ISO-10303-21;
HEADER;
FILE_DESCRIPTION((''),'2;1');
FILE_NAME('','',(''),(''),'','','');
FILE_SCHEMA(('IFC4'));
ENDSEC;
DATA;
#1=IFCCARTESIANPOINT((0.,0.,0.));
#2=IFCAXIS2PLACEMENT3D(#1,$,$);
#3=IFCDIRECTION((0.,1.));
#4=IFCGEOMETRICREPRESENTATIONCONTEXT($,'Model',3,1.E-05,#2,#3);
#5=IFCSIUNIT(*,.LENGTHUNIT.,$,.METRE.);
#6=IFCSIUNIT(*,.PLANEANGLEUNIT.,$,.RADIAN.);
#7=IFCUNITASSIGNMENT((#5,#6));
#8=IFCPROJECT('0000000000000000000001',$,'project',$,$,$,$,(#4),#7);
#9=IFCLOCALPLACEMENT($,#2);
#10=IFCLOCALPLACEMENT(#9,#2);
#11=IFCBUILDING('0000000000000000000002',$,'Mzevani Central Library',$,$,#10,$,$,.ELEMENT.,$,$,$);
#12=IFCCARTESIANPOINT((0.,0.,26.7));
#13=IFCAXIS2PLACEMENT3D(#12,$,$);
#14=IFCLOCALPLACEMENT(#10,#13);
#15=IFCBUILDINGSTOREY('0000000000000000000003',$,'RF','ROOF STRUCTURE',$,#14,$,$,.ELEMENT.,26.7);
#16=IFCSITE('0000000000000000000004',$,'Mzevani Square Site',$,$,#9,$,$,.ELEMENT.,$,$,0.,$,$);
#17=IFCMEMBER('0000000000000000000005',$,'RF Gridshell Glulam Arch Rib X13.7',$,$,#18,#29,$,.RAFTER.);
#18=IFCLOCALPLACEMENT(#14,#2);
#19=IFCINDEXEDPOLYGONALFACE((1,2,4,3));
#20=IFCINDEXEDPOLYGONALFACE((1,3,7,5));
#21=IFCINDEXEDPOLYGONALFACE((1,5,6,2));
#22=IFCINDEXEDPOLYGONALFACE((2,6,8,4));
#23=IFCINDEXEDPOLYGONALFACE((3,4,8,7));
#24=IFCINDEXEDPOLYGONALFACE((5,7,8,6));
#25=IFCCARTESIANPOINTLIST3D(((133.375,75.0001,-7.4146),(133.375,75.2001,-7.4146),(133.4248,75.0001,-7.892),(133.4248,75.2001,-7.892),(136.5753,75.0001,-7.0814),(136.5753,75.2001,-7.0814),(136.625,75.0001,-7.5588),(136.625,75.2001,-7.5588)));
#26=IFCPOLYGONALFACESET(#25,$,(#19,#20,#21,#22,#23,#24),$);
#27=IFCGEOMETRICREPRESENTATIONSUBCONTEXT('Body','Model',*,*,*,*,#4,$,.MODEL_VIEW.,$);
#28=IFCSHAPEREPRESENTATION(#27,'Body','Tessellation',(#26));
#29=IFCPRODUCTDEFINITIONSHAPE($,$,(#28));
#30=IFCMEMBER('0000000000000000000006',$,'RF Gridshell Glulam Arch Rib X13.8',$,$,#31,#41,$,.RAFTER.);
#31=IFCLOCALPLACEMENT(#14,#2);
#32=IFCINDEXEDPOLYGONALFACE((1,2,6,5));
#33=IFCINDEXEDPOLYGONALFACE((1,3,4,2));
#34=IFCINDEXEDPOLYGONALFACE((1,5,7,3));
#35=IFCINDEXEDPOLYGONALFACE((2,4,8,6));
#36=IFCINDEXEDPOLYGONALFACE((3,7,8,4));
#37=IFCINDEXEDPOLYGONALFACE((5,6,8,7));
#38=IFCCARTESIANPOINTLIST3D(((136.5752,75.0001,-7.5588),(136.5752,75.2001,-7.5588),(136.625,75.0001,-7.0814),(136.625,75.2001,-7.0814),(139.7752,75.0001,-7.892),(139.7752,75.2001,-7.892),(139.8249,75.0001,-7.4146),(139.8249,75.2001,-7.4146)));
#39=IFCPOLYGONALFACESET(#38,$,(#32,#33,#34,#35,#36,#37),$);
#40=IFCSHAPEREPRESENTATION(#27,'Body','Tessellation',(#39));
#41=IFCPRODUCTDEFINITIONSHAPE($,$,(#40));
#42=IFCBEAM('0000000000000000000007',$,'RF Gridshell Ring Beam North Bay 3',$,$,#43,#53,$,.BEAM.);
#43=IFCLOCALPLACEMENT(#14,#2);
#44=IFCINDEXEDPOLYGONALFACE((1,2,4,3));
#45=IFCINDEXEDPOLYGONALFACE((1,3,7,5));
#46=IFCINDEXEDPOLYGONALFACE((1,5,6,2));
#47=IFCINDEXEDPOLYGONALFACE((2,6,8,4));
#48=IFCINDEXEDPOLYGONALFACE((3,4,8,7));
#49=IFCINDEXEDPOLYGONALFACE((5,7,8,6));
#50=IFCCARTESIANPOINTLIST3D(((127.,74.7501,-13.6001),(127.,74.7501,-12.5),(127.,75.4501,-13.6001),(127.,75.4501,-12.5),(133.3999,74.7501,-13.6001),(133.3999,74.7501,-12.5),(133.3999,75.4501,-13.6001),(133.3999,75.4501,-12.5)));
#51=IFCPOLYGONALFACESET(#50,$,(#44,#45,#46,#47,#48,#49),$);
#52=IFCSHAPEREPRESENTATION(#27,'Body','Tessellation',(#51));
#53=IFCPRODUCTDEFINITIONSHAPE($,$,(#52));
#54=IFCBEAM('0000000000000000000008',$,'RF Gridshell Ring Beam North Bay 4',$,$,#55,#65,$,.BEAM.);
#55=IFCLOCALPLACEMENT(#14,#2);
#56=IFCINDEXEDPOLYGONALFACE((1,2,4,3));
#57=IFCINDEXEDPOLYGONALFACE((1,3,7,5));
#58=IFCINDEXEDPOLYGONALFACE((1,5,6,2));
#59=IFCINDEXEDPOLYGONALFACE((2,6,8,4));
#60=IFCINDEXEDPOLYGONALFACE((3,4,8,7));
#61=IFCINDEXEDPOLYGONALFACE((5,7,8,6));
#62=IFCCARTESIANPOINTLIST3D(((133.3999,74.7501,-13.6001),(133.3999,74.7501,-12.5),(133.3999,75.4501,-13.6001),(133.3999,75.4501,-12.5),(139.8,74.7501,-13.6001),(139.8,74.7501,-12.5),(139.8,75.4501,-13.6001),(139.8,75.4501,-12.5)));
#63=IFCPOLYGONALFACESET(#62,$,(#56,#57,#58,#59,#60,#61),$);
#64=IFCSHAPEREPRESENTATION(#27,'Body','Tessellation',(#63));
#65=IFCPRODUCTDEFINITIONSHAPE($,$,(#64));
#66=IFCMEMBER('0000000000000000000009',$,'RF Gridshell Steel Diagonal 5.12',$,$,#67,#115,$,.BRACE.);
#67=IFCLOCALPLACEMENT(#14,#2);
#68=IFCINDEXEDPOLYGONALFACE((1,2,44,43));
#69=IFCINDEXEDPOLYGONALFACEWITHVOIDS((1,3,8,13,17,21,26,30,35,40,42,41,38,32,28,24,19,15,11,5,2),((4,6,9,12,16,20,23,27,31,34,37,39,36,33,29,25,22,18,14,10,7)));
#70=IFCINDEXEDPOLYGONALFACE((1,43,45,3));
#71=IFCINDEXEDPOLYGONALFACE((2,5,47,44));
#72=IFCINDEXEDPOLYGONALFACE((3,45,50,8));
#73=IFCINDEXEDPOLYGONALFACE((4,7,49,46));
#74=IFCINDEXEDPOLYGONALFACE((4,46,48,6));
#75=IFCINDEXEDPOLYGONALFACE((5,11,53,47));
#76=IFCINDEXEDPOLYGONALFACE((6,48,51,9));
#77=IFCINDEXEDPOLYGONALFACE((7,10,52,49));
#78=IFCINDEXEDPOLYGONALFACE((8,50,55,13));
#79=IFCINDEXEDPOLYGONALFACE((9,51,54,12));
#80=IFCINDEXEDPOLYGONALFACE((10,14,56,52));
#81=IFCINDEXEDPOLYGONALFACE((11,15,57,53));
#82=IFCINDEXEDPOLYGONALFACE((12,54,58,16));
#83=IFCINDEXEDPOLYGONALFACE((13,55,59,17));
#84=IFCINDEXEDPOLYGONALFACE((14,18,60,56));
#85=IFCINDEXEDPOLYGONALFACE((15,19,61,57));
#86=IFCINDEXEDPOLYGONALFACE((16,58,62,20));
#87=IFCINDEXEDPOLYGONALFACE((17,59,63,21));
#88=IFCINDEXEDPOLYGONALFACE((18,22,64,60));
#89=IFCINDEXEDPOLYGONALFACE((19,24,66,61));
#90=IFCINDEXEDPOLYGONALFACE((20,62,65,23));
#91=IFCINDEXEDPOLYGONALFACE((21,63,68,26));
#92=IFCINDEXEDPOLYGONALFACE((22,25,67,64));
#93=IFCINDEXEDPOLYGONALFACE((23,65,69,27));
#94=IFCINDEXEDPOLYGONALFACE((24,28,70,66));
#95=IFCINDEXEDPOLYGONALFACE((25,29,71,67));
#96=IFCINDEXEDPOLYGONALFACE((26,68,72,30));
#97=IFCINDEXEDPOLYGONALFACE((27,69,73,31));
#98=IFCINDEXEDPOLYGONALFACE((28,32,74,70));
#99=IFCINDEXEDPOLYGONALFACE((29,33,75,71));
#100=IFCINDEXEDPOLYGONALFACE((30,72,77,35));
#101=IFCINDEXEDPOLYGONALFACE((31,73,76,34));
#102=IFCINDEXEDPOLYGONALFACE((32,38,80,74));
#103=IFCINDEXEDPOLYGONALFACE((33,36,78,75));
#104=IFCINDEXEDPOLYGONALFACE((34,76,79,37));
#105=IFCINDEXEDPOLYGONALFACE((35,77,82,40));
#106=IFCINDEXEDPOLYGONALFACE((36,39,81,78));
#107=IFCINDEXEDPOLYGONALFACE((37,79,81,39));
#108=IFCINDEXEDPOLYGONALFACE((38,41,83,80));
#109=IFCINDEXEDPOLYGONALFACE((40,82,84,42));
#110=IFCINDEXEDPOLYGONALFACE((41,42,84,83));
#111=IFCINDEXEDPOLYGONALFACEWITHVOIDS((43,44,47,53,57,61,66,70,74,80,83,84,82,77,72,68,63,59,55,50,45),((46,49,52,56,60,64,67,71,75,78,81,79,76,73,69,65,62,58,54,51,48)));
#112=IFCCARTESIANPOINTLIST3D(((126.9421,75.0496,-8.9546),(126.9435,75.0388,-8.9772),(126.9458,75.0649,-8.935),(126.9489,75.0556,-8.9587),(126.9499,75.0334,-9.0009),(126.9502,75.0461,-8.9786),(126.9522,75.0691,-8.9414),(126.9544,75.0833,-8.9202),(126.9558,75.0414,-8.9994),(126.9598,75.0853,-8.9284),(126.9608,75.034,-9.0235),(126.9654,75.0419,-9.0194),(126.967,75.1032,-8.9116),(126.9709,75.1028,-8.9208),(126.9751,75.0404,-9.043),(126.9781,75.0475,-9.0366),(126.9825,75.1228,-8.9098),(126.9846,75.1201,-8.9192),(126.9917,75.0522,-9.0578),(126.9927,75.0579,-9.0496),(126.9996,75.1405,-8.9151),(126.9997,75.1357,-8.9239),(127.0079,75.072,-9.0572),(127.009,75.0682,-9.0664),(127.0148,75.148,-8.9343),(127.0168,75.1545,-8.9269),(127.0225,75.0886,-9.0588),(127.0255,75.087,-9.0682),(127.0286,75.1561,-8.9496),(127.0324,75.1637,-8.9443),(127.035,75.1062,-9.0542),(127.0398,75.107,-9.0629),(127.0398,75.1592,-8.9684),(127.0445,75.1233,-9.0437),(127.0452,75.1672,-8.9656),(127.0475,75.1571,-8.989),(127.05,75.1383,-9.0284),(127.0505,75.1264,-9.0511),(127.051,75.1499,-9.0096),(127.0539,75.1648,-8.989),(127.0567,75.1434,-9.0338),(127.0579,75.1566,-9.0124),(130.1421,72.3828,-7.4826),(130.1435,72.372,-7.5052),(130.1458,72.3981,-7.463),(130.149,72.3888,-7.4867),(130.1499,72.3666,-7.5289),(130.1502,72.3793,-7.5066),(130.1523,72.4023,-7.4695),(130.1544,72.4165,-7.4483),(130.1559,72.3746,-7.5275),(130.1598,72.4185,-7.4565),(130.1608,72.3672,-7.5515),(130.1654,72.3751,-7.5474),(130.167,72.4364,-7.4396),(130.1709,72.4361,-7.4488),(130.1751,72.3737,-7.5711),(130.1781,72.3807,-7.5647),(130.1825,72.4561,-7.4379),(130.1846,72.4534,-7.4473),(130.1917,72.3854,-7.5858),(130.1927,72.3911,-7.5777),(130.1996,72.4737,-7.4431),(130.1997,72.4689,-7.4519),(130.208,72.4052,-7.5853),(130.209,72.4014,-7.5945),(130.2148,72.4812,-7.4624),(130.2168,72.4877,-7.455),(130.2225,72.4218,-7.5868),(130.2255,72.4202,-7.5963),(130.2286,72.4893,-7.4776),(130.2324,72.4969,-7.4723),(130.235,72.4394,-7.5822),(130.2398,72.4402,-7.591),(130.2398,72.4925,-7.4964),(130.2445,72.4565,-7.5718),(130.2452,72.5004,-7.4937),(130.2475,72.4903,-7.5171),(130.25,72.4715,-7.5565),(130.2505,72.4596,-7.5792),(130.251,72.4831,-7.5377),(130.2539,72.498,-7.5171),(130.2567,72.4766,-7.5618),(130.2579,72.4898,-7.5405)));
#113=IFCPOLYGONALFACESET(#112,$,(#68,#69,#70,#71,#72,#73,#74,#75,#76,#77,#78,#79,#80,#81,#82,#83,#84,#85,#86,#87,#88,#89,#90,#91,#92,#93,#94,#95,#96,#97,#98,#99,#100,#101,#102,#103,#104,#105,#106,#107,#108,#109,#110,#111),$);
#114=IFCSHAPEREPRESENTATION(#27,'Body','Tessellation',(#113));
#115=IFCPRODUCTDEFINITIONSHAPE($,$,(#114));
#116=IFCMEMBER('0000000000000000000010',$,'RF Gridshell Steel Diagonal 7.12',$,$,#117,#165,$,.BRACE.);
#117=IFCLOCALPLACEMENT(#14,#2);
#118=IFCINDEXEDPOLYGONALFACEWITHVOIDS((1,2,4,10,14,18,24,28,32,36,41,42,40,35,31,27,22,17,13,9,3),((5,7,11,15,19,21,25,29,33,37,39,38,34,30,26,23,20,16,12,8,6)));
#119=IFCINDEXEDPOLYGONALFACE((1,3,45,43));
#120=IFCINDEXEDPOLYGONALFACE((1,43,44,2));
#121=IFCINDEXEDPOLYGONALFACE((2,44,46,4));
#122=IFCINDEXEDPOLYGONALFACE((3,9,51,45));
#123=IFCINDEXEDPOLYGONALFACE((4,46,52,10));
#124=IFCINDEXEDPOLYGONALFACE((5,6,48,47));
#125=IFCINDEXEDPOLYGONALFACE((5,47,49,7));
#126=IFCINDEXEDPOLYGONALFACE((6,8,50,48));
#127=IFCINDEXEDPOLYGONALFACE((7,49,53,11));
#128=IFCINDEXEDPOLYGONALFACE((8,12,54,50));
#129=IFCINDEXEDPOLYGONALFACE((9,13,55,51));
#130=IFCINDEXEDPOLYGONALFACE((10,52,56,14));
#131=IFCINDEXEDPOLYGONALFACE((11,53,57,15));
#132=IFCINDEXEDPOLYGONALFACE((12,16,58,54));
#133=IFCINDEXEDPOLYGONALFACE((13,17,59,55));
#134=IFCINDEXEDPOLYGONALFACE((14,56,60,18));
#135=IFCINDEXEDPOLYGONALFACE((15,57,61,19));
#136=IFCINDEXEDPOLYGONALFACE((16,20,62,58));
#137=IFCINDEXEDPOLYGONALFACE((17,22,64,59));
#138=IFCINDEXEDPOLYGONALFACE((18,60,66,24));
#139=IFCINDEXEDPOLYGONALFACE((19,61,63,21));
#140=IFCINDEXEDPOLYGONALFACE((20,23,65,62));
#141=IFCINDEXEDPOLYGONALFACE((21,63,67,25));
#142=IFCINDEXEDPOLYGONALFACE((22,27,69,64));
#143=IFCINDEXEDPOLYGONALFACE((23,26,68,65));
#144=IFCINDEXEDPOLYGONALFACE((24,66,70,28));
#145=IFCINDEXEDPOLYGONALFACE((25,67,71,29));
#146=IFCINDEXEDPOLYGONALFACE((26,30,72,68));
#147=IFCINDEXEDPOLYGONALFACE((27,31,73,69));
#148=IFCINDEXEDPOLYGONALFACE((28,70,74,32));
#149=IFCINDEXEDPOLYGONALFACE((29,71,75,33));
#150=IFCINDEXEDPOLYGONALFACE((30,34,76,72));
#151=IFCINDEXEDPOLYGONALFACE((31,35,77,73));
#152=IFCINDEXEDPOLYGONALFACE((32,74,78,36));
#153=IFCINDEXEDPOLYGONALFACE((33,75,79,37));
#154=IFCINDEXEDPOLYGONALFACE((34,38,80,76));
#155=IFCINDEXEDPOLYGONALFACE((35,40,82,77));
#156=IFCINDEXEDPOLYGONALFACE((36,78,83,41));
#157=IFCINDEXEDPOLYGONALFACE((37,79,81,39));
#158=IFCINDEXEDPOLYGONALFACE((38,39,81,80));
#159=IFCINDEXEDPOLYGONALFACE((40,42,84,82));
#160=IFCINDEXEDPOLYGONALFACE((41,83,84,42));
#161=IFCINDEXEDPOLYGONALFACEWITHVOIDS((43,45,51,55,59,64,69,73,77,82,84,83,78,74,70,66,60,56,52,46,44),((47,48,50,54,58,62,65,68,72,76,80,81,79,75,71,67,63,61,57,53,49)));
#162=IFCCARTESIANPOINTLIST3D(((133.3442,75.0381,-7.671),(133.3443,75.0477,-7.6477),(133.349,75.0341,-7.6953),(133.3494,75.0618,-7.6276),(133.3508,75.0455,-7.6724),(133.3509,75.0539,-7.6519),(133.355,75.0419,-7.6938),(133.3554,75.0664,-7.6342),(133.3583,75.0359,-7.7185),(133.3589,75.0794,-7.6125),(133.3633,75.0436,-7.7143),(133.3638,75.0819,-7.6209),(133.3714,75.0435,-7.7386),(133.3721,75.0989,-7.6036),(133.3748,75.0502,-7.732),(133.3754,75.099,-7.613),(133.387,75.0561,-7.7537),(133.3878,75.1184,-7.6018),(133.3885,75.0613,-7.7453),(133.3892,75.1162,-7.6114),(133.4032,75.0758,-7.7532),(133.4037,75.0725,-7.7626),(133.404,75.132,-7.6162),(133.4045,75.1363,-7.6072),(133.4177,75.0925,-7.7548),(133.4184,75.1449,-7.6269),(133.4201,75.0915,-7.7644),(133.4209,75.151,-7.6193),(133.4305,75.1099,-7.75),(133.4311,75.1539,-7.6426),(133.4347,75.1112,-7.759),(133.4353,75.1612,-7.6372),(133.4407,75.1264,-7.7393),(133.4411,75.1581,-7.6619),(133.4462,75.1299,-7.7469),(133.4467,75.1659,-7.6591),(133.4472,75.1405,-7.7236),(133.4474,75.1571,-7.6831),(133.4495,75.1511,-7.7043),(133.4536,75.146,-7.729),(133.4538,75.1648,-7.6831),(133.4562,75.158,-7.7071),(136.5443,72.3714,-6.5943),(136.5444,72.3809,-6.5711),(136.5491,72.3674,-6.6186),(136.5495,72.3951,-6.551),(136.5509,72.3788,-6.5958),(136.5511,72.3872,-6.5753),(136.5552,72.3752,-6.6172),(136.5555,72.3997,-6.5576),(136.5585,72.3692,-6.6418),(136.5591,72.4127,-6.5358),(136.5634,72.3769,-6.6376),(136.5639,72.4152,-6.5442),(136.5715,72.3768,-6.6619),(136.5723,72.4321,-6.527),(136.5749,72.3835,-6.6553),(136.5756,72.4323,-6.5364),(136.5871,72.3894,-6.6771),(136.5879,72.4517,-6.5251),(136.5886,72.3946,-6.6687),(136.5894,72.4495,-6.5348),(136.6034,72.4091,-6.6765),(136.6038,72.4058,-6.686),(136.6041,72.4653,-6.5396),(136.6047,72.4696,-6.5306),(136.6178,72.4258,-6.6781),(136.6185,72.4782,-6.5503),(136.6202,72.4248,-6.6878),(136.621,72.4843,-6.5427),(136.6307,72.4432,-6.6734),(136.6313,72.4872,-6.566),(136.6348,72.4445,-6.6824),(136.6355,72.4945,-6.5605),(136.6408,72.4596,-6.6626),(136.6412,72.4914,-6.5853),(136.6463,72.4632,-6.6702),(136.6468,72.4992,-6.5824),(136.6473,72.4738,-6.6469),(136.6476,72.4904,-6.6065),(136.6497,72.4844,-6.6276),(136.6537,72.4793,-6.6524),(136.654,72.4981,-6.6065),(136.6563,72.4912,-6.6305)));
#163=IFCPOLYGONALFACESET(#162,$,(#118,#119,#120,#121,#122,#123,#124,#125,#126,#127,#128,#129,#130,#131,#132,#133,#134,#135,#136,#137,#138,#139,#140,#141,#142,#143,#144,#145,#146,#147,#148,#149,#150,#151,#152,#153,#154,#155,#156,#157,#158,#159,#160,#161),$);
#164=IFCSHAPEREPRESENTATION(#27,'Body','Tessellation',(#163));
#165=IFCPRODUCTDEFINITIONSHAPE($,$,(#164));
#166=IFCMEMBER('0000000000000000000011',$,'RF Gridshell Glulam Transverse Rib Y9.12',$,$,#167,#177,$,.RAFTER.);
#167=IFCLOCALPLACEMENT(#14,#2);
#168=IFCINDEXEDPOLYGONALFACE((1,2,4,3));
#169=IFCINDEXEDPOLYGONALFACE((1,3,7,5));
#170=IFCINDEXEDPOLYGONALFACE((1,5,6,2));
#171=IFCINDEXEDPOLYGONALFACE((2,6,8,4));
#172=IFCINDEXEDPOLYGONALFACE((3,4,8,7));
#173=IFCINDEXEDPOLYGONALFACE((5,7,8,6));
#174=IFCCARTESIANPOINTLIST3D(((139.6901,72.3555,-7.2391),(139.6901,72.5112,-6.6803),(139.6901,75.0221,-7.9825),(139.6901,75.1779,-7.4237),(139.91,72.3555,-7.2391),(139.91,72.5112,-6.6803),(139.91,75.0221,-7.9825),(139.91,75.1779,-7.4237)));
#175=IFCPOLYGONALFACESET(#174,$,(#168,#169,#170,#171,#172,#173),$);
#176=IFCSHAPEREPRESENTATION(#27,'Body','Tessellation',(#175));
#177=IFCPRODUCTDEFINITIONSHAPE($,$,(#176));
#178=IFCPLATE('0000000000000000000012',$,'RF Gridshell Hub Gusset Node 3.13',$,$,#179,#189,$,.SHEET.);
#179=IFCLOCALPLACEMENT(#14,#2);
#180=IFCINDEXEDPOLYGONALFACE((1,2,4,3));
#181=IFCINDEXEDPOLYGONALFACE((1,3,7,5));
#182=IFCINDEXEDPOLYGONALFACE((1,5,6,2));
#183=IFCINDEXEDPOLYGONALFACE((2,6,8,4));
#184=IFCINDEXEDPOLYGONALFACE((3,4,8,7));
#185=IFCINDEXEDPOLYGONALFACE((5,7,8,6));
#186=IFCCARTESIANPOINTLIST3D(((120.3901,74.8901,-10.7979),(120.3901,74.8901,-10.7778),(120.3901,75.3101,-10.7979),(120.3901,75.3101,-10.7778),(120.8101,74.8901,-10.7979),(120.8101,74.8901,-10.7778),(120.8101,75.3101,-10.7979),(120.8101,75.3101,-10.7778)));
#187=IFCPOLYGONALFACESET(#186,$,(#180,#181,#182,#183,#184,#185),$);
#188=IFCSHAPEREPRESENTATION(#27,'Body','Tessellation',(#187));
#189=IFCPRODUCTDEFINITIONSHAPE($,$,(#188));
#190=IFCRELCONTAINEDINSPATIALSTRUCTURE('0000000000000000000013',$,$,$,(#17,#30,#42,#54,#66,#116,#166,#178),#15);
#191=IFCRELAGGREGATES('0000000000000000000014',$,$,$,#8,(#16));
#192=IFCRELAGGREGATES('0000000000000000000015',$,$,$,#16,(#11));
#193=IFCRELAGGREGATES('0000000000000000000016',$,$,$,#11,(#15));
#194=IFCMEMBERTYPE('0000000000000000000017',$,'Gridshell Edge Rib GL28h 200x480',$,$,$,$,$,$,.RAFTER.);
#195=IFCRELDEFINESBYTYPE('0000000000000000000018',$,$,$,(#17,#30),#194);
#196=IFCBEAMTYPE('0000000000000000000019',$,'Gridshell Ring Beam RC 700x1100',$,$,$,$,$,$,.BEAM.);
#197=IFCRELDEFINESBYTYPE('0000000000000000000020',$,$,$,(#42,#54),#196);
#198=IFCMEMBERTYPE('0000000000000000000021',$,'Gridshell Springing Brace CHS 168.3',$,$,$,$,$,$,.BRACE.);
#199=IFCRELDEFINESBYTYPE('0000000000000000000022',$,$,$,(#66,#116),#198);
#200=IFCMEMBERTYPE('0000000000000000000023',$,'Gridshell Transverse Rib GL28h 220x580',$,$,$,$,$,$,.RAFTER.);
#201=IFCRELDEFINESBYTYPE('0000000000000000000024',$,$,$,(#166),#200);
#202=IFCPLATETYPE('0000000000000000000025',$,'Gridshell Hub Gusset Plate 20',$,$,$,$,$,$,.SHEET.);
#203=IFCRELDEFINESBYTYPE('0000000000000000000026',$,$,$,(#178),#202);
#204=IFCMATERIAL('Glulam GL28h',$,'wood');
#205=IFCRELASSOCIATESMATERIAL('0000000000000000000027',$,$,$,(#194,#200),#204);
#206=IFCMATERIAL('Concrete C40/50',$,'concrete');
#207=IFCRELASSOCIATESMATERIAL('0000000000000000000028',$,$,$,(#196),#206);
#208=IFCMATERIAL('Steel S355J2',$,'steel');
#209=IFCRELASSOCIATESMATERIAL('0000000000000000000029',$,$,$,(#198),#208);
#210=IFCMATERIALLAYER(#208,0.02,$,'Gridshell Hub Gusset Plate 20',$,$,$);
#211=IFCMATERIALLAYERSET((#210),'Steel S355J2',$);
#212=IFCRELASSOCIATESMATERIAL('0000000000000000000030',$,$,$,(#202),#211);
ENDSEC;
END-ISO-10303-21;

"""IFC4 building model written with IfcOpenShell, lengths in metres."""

from ifc_helpers import new_model, si_unit, direction, frame, origin, origin_2d, place, context, subcontext, project, spatial, rectangle, hollow_circle, extrude, material, layer, layer_set, material_profile, profile_set, type_object, element, save


model = new_model("IFC4")

# Units and contexts
model_context = context("Model", 3, precision=1e-05, world=origin(), true_north=direction((0.0, 1.0)))
body_context = subcontext(model_context, "Body", "Model", "MODEL_VIEW")
ifc_project = project(units=[si_unit("LENGTHUNIT", "METRE"), si_unit("PLANEANGLEUNIT", "RADIAN")], contexts=[model_context])

# Site, building, storey
site_placement = place(None, origin())
site = spatial("IfcSite", under=ifc_project, at=site_placement, Name="Mzevani Square Site", CompositionType="ELEMENT", RefElevation=0.0)
building_placement = place(site_placement, origin())
building = spatial("IfcBuilding", under=site, at=building_placement, Name="Mzevani Central Library", CompositionType="ELEMENT")
storey_placement = place(building_placement, frame((0.0, 0.0, 26.7)))
storey = spatial("IfcBuildingStorey", under=building, at=storey_placement, Name="RF", Description="ROOF STRUCTURE", CompositionType="ELEMENT", Elevation=26.7)

# Members
ifc_material_1 = material(Name="Steel S355J2", Category="steel")
ifc_material_2 = material(Name="Glulam GL28h", Category="wood")
ifc_material_profile_1 = material_profile(ifc_material_2, rectangle(XDim=0.2, YDim=0.48, at=origin_2d()), Name="GL28h 200x480")
ifc_profile_set_1 = profile_set([ifc_material_profile_1], Name="Glulam GL28h")
member_type_1 = type_object("IfcMemberType", Name="Gridshell Edge Rib GL28h 200x480", PredefinedType="RAFTER", material=ifc_profile_set_1)
member_1_placement = place(storey_placement, frame((133.3999, 75.1001, -7.6533), z_axis=(0.994622, 0.0, 0.103575), x_axis=(0.0, 1.0, 0.0)))
element("IfcMember", 1, at=member_1_placement, inside=storey, type_object=member_type_1, Name="RF Gridshell Glulam Arch Rib X13.7", PredefinedType="RAFTER", context=body_context, shape_type="SweptSolid", body=[
    extrude(rectangle(XDim=0.2, YDim=0.48, at=origin_2d()), origin(), (0.0, 0.0, 1.0), 3.2175),
])
member_2_placement = place(storey_placement, frame((136.6001, 75.1001, -7.3201), z_axis=(0.994621, 0.0, -0.103583), x_axis=(0.0, 1.0, 0.0)))
element("IfcMember", 2, at=member_2_placement, inside=storey, type_object=member_type_1, Name="RF Gridshell Glulam Arch Rib X13.8", PredefinedType="RAFTER", context=body_context, shape_type="SweptSolid", body=[
    extrude(rectangle(XDim=0.2, YDim=0.48, at=origin_2d()), origin(), (0.0, 0.0, 1.0), 3.2173),
])

# Beams
ifc_material_3 = material(Name="Concrete C40/50", Category="concrete")
ifc_material_profile_2 = material_profile(ifc_material_3, rectangle(XDim=0.7, YDim=1.1001, at=origin_2d()), Name="RC RB700x1100")
ifc_profile_set_2 = profile_set([ifc_material_profile_2], Name="Concrete C40/50")
beam_type = type_object("IfcBeamType", Name="Gridshell Ring Beam RC 700x1100", PredefinedType="BEAM", material=ifc_profile_set_2)
beam_1_placement = place(storey_placement, frame((127.0, 75.1001, -13.05), z_axis=(1.0, 0.0, 0.0), x_axis=(0.0, 1.0, 0.0)))
element("IfcBeam", 3, at=beam_1_placement, inside=storey, type_object=beam_type, Name="RF Gridshell Ring Beam North Bay 3", PredefinedType="BEAM", context=body_context, shape_type="SweptSolid", body=[
    extrude(rectangle(XDim=0.7, YDim=1.1001, at=origin_2d()), origin(), (0.0, 0.0, 1.0), 6.3999),
])
beam_2_placement = place(storey_placement, frame((133.3999, 75.1001, -13.05), z_axis=(1.0, 0.0, 0.0), x_axis=(0.0, 1.0, 0.0)))
element("IfcBeam", 4, at=beam_2_placement, inside=storey, type_object=beam_type, Name="RF Gridshell Ring Beam North Bay 4", PredefinedType="BEAM", context=body_context, shape_type="SweptSolid", body=[
    extrude(rectangle(XDim=0.7, YDim=1.1001, at=origin_2d()), origin(), (0.0, 0.0, 1.0), 6.4001),
])

# Members
ifc_material_profile_3 = material_profile(ifc_material_1, hollow_circle(Radius=0.0842, WallThickness=0.01, at=origin_2d()), Name="CHS 168.3x10.0")
ifc_profile_set_3 = profile_set([ifc_material_profile_3], Name="Steel S355J2")
member_type_2 = type_object("IfcMemberType", Name="Gridshell Springing Brace CHS 168.3", PredefinedType="BRACE", material=ifc_profile_set_3)
member_3_placement = place(storey_placement, frame((127.0, 75.1001, -8.989), z_axis=(0.724316, -0.603624, 0.333173), x_axis=(0.640202, 0.768207, 0.0)))
element("IfcMember", 5, at=member_3_placement, inside=storey, type_object=member_type_2, Name="RF Gridshell Steel Diagonal 5.12", PredefinedType="BRACE", context=body_context, shape_type="SweptSolid", body=[
    extrude(hollow_circle(Radius=0.0842, WallThickness=0.01, at=origin_2d()), origin(), (0.0, 0.0, 1.0), 4.418),
])
member_4_placement = place(storey_placement, frame((133.3999, 75.1001, -7.6831), z_axis=(0.743789, -0.619805, 0.250237), x_axis=(0.640173, 0.768231, 0.0)))
element("IfcMember", 6, at=member_4_placement, inside=storey, type_object=member_type_2, Name="RF Gridshell Steel Diagonal 7.12", PredefinedType="BRACE", context=body_context, shape_type="SweptSolid", body=[
    extrude(hollow_circle(Radius=0.0842, WallThickness=0.01, at=origin_2d()), origin(), (0.0, 0.0, 1.0), 4.3025),
])
ifc_material_profile_4 = material_profile(ifc_material_2, rectangle(XDim=0.22, YDim=0.5801, at=origin_2d()), Name="GL28h 220x580")
ifc_profile_set_4 = profile_set([ifc_material_profile_4], Name="Glulam GL28h")
member_type_3 = type_object("IfcMemberType", Name="Gridshell Transverse Rib GL28h 220x580", PredefinedType="RAFTER", material=ifc_profile_set_4)
member_5_placement = place(storey_placement, frame((139.8, 72.4333, -6.9597), z_axis=(0.0, 0.963271, -0.268531), x_axis=(-1.0, 0.0, 0.0)))
element("IfcMember", 7, at=member_5_placement, inside=storey, type_object=member_type_3, Name="RF Gridshell Glulam Transverse Rib Y9.12", PredefinedType="RAFTER", context=body_context, shape_type="SweptSolid", body=[
    extrude(rectangle(XDim=0.22, YDim=0.5801, at=origin_2d()), origin(), (0.0, 0.0, 1.0), 2.7683),
])

# Plate
ifc_layer_1 = layer(ifc_material_1, 0.02, Name="Gridshell Hub Gusset Plate 20")
ifc_layer_set_1 = layer_set([ifc_layer_1], Name="Steel S355J2")
plate_type = type_object("IfcPlateType", Name="Gridshell Hub Gusset Plate 20", PredefinedType="SHEET", material=ifc_layer_set_1)
for number, where, z_axis, x_axis, name in (
    (8, (120.6001, 75.1001, -10.7979), (0.0, 0.0, 1.0), (1.0, 0.0, 0.0), "RF Gridshell Hub Gusset Node 3.13"),
):
    element("IfcPlate", number, at=place(storey_placement, frame(where, z_axis=z_axis, x_axis=x_axis)), inside=storey, type_object=plate_type, Name=name, PredefinedType="SHEET", context=body_context, shape_type="SweptSolid", body=[
        extrude(rectangle(XDim=0.4199, YDim=0.4199, at=origin_2d()), origin(), (0.0, 0.0, 1.0), 0.02),
    ])

save(model, "model.ifc")
